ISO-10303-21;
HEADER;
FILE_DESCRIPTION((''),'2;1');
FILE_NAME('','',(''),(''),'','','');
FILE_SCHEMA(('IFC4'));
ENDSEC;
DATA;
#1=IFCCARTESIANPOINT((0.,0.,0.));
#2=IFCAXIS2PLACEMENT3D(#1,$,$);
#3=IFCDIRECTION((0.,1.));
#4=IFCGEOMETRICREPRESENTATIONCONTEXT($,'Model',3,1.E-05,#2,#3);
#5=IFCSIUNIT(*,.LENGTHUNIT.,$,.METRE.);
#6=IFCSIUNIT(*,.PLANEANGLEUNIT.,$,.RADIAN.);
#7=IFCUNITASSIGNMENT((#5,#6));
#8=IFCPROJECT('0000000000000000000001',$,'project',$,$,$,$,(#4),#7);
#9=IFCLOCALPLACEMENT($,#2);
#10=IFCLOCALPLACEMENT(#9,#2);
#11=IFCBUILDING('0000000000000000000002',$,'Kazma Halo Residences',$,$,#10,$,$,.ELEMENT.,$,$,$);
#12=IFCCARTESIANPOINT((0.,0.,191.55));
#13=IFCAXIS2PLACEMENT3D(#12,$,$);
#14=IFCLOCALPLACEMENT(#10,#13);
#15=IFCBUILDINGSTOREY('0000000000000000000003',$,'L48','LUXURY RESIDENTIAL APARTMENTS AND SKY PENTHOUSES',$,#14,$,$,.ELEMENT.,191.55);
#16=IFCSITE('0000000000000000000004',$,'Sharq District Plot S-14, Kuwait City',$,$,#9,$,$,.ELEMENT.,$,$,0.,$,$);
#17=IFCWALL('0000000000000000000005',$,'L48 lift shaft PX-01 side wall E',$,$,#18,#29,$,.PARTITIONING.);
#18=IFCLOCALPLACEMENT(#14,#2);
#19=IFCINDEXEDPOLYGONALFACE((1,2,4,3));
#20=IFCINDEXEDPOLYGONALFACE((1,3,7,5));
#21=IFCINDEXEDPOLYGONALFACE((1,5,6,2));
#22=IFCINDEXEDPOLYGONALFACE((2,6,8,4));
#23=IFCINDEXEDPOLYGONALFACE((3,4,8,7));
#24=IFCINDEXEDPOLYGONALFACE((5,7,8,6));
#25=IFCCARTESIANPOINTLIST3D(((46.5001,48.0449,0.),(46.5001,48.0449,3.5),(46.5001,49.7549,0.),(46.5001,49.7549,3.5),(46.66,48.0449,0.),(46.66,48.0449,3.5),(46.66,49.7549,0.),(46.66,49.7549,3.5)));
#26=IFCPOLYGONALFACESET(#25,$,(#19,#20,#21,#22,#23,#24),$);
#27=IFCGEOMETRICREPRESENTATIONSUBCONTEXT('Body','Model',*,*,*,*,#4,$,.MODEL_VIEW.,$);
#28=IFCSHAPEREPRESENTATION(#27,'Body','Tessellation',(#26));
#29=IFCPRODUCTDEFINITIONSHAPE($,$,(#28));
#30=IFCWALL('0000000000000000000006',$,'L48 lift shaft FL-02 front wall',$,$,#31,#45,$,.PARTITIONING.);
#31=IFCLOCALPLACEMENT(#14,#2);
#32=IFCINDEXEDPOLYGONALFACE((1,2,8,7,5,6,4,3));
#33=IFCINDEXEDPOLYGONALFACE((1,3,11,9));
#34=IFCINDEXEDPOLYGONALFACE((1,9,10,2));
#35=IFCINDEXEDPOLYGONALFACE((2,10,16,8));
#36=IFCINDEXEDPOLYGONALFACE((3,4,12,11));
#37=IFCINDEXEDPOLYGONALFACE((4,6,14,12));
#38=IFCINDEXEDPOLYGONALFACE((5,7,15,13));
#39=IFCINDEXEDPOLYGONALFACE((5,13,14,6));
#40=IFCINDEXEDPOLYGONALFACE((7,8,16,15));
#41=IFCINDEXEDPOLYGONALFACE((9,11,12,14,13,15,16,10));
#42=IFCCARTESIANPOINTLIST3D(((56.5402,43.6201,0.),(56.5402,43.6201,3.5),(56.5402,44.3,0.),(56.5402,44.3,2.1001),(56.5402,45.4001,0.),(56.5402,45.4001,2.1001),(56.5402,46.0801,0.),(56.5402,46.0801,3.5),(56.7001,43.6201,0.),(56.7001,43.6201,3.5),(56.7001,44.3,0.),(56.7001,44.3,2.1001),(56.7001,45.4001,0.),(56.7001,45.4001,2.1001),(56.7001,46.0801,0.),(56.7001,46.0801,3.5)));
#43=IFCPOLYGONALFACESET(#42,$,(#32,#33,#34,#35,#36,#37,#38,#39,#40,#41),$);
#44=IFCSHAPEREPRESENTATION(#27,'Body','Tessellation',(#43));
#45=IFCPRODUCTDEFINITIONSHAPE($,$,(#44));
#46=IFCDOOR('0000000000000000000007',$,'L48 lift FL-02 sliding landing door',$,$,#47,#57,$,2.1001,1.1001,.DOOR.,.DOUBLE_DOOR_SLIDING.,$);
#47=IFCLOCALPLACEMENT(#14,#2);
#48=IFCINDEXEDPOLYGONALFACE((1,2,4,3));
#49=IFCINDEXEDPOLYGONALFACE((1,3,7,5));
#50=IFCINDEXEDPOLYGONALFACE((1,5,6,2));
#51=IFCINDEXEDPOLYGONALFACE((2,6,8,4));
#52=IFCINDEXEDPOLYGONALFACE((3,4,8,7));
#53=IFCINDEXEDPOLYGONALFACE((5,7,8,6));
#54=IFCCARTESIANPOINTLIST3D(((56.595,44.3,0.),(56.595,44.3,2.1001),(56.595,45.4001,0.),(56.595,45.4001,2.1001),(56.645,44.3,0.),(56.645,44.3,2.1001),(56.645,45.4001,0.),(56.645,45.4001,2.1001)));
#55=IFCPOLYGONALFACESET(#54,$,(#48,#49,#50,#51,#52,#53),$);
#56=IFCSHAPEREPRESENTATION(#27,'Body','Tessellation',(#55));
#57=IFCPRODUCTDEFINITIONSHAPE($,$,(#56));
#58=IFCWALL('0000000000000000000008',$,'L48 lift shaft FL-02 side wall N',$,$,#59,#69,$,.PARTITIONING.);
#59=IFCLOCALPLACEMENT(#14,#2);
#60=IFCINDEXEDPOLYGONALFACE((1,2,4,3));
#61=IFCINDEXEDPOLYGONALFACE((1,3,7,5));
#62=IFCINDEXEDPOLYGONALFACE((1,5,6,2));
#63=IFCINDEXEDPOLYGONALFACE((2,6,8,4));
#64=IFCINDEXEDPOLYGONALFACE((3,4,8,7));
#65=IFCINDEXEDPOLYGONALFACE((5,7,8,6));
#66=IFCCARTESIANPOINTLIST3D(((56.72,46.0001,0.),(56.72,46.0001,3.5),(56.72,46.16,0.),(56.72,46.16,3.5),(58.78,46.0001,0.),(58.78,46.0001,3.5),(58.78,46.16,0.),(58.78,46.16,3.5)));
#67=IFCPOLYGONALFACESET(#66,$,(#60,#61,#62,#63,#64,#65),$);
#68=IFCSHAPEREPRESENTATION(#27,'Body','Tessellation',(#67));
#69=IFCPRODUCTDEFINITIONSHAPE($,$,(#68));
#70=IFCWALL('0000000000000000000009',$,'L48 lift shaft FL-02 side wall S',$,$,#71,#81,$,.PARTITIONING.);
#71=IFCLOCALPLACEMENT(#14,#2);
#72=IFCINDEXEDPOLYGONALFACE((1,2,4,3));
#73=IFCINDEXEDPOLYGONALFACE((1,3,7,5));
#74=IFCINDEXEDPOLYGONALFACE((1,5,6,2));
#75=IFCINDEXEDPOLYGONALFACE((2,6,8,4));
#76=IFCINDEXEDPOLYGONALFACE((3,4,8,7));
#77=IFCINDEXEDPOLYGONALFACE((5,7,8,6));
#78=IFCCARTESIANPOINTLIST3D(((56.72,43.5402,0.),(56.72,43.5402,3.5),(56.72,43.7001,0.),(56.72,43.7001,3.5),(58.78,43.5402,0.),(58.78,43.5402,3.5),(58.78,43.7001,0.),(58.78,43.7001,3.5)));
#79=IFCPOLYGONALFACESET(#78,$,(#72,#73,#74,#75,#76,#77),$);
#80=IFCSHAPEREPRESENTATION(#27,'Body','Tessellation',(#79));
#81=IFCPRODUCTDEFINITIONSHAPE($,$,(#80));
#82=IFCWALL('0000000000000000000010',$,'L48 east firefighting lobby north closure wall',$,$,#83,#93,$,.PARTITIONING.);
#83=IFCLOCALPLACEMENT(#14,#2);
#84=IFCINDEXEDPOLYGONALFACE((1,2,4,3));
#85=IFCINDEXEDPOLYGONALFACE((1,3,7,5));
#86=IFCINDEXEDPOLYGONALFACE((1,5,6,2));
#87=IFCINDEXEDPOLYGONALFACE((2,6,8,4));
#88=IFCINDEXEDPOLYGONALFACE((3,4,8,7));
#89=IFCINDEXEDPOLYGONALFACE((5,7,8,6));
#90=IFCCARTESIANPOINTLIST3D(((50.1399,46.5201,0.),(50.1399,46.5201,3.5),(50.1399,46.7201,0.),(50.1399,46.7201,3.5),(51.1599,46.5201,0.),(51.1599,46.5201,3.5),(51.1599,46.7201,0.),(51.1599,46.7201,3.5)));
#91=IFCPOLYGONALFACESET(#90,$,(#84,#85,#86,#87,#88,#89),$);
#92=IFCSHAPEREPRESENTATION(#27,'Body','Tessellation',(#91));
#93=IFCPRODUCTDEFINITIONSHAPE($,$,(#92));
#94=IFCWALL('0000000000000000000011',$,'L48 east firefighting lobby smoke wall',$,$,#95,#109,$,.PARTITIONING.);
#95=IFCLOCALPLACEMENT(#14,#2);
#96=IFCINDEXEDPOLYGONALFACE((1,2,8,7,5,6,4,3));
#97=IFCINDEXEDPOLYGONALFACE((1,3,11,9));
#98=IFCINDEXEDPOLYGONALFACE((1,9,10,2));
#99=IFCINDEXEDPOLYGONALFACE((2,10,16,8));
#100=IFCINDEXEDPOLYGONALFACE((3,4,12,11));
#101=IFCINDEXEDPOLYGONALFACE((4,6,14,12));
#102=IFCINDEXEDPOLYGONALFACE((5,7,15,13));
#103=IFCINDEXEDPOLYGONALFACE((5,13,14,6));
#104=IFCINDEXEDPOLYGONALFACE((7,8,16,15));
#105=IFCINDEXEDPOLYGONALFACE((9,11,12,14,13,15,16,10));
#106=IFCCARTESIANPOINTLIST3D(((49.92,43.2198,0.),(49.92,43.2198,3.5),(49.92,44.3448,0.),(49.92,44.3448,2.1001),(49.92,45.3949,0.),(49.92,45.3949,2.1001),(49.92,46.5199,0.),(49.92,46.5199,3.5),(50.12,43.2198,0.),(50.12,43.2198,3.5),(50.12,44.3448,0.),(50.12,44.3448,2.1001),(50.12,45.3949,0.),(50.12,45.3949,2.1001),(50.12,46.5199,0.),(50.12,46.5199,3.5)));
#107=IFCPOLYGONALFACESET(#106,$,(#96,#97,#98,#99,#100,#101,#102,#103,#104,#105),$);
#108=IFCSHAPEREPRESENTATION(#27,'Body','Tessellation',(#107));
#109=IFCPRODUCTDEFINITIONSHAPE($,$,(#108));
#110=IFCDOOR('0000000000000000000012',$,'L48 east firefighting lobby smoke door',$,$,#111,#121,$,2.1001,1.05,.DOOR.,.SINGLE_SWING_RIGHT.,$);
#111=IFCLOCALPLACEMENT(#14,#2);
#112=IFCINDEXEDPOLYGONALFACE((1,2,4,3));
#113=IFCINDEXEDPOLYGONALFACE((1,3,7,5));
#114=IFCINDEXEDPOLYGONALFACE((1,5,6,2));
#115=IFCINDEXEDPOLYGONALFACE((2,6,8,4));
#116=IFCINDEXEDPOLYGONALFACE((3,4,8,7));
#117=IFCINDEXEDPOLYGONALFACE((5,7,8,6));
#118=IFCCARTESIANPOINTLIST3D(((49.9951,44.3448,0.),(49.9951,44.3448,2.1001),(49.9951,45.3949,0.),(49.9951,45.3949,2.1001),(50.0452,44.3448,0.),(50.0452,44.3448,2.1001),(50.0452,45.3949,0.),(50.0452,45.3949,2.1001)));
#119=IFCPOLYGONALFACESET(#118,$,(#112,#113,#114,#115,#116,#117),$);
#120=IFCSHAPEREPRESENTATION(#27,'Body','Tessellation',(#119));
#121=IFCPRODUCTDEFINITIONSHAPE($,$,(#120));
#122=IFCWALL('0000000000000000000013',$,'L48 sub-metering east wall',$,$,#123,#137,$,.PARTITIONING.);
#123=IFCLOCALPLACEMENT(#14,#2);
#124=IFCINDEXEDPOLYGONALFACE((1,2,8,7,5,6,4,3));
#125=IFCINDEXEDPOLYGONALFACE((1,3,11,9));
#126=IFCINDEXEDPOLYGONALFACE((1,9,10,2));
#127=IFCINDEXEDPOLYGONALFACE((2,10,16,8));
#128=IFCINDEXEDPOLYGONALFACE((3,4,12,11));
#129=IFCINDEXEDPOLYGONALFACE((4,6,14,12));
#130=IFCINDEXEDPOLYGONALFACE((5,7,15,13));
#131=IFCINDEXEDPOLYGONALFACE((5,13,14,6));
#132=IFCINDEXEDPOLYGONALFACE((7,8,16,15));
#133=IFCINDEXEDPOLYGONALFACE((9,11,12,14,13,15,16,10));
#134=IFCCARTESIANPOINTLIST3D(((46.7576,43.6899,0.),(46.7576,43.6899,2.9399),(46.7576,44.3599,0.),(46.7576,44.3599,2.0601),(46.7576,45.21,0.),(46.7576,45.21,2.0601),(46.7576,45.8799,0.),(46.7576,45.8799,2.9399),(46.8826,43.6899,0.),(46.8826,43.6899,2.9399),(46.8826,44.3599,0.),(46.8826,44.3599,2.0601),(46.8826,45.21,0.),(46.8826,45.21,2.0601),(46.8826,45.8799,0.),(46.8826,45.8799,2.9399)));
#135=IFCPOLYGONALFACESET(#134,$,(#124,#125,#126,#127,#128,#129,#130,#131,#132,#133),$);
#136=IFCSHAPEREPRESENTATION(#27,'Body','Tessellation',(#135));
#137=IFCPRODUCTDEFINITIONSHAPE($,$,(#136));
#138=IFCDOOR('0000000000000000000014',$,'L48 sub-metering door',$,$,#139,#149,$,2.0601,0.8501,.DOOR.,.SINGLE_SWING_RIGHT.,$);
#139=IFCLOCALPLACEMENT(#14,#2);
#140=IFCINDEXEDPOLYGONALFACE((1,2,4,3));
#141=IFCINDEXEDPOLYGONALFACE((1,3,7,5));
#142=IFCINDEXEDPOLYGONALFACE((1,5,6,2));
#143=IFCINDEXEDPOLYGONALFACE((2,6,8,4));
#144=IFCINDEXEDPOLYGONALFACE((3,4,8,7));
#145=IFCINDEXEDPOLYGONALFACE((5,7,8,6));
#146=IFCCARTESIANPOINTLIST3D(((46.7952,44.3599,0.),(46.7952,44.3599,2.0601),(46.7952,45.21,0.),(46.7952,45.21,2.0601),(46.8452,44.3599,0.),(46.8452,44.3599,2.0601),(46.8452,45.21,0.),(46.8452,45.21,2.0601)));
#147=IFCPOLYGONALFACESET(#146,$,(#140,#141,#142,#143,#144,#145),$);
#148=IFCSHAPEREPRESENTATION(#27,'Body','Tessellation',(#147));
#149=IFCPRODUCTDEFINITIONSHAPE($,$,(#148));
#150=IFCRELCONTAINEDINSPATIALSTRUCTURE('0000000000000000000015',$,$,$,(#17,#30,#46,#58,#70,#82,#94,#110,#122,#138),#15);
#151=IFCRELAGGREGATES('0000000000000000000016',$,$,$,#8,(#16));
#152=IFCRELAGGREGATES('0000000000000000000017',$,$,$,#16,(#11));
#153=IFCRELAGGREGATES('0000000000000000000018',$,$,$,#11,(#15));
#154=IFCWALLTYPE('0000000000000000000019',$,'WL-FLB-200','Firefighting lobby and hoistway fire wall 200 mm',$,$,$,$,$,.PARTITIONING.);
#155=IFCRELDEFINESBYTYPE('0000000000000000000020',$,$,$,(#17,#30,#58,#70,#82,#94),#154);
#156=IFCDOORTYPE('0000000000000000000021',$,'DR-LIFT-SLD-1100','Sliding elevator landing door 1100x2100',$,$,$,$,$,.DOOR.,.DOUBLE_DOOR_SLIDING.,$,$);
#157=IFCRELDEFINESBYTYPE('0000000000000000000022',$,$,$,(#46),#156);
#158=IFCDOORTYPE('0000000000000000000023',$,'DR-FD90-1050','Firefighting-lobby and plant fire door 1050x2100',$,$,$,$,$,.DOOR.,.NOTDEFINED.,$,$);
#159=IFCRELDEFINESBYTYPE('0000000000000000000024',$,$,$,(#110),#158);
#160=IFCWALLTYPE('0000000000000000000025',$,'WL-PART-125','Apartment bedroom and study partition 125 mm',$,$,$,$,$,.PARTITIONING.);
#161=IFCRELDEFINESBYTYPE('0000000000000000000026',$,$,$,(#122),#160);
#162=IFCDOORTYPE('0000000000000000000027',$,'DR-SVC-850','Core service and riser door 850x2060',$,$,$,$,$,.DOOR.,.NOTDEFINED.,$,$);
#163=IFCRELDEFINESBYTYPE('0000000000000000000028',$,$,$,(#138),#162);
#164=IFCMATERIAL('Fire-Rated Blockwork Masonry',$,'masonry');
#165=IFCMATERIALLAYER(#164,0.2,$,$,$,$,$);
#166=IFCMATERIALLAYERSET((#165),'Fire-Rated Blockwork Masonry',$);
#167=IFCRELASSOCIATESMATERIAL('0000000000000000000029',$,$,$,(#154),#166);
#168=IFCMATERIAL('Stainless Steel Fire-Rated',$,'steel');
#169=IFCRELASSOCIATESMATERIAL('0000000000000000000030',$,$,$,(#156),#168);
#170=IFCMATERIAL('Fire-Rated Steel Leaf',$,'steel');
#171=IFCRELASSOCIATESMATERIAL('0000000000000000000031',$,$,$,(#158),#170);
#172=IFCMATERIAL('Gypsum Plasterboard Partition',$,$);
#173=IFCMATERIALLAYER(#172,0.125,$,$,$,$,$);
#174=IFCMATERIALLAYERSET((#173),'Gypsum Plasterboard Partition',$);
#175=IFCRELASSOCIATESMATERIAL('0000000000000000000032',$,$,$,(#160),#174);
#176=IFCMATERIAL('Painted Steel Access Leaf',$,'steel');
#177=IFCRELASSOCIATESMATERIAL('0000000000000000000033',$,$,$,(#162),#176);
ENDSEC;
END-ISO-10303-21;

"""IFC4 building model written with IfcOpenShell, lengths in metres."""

from ifc_helpers import new_model, si_unit, direction, frame, frame_2d, origin, place, context, subcontext, project, spatial, rectangle, extrude, material, layer, layer_set, type_object, element, fill, save


model = new_model("IFC4")

# Units and contexts
model_context = context("Model", 3, precision=1e-05, world=origin(), true_north=direction((0.0, 1.0)))
body_context = subcontext(model_context, "Body", "Model", "MODEL_VIEW")
ifc_project = project(units=[si_unit("LENGTHUNIT", "METRE"), si_unit("PLANEANGLEUNIT", "RADIAN")], contexts=[model_context])

# Site, building, storey
site_placement = place(None, origin())
site = spatial("IfcSite", under=ifc_project, at=site_placement, Name="Sharq District Plot S-14, Kuwait City", CompositionType="ELEMENT", RefElevation=0.0)
building_placement = place(site_placement, origin())
building = spatial("IfcBuilding", under=site, at=building_placement, Name="Kazma Halo Residences", CompositionType="ELEMENT")
storey_placement = place(building_placement, frame((0.0, 0.0, 191.55)))
storey = spatial("IfcBuildingStorey", under=building, at=storey_placement, Name="L48", Description="LUXURY RESIDENTIAL APARTMENTS AND SKY PENTHOUSES", CompositionType="ELEMENT", Elevation=191.55)

# Wall
ifc_material_1 = material(Name="Fire-Rated Blockwork Masonry", Category="masonry")
ifc_layer_1 = layer(ifc_material_1, 0.2)
ifc_layer_set_1 = layer_set([ifc_layer_1], Name="Fire-Rated Blockwork Masonry")
wall_type_1 = type_object("IfcWallType", Name="WL-FLB-200", Description="Firefighting lobby and hoistway fire wall 200 mm", PredefinedType="PARTITIONING", material=ifc_layer_set_1)
wall_1_placement = place(storey_placement, frame((46.5801, 48.0449, 0.0), z_axis=(0.0, 0.0, 1.0), x_axis=(0.0, 1.0, 0.0)))
element("IfcWall", 1, at=wall_1_placement, inside=storey, type_object=wall_type_1, Name="L48 lift shaft PX-01 side wall E", PredefinedType="PARTITIONING", context=body_context, shape_type="SweptSolid", body=[
    extrude(rectangle(XDim=1.71, YDim=0.1599, at=frame_2d((0.855, 0.0))), origin(), (0.0, 0.0, 1.0), 3.5),
])

# Wall, opening, door
wall_2_placement = place(storey_placement, frame((56.6201, 46.0801, 0.0), z_axis=(0.0, 0.0, 1.0), x_axis=(0.0, -1.0, 0.0)))
wall_2 = element("IfcWall", 2, at=wall_2_placement, inside=storey, type_object=wall_type_1, Name="L48 lift shaft FL-02 front wall", PredefinedType="PARTITIONING", context=body_context, shape_type="SweptSolid", body=[
    extrude(rectangle(XDim=2.46, YDim=0.1599, at=frame_2d((1.23, 0.0))), origin(), (0.0, 0.0, 1.0), 3.5),
])
opening_1_placement = place(wall_2_placement, frame((0.6799, 0.0, 0.0)))
opening_1 = element("IfcOpeningElement", 3, at=opening_1_placement, cuts=wall_2, PredefinedType="OPENING", context=body_context, shape_type="SweptSolid", body=[
    extrude(rectangle(XDim=1.1001, YDim=2.1001, at=frame_2d((0.55, 1.05))), frame((0.0, 0.0898, 0.0), z_axis=(0.0, -1.0, 0.0), x_axis=(1.0, 0.0, 0.0)), (0.0, 0.0, 1.0), 0.1799),
])
ifc_material_2 = material(Name="Stainless Steel Fire-Rated", Category="steel")
door_type_1 = type_object("IfcDoorType", Name="DR-LIFT-SLD-1100", Description="Sliding elevator landing door 1100x2100", OperationType="DOUBLE_DOOR_SLIDING", PredefinedType="DOOR", material=ifc_material_2)
door_1_placement = place(opening_1_placement, origin())
door_1 = element("IfcDoor", 4, at=door_1_placement, inside=storey, type_object=door_type_1, Name="L48 lift FL-02 sliding landing door", OperationType="DOUBLE_DOOR_SLIDING", OverallHeight=2.1001, OverallWidth=1.1001, PredefinedType="DOOR", context=body_context, shape_type="SweptSolid", body=[
    extrude(rectangle(XDim=1.1001, YDim=2.1001, at=frame_2d((0.55, 1.05))), frame((0.0, 0.0249, 0.0), z_axis=(0.0, -1.0, 0.0), x_axis=(1.0, 0.0, 0.0)), (0.0, 0.0, 1.0), 0.05),
])
fill(opening_1, door_1)

# Walls
for number, where, z_axis, x_axis, name in (
    (5, (56.72, 46.0801, 0.0), (0.0, 0.0, 1.0), (1.0, 0.0, 0.0), "L48 lift shaft FL-02 side wall N"),
    (6, (56.72, 43.6201, 0.0), (0.0, 0.0, 1.0), (1.0, 0.0, 0.0), "L48 lift shaft FL-02 side wall S"),
):
    element("IfcWall", number, at=place(storey_placement, frame(where, z_axis=z_axis, x_axis=x_axis)), inside=storey, type_object=wall_type_1, Name=name, PredefinedType="PARTITIONING", context=body_context, shape_type="SweptSolid", body=[
        extrude(rectangle(XDim=2.0601, YDim=0.1599, at=frame_2d((1.03, 0.0))), origin(), (0.0, 0.0, 1.0), 3.5),
    ])
wall_3_placement = place(storey_placement, frame((50.1399, 46.6201, 0.0), z_axis=(0.0, 0.0, 1.0), x_axis=(1.0, 0.0, 0.0)))
element("IfcWall", 7, at=wall_3_placement, inside=storey, type_object=wall_type_1, Name="L48 east firefighting lobby north closure wall", PredefinedType="PARTITIONING", context=body_context, shape_type="SweptSolid", body=[
    extrude(rectangle(XDim=1.02, YDim=0.2, at=frame_2d((0.51, 0.0))), origin(), (0.0, 0.0, 1.0), 3.5),
])

# Walls, openings, doors
wall_4_placement = place(storey_placement, frame((50.02, 43.22, 0.0), z_axis=(0.0, 0.0, 1.0), x_axis=(0.0, 1.0, 0.0)))
wall_4 = element("IfcWall", 8, at=wall_4_placement, inside=storey, type_object=wall_type_1, Name="L48 east firefighting lobby smoke wall", PredefinedType="PARTITIONING", context=body_context, shape_type="SweptSolid", body=[
    extrude(rectangle(XDim=3.3, YDim=0.2, at=frame_2d((1.6499, 0.0))), origin(), (0.0, 0.0, 1.0), 3.5),
])
opening_2_placement = place(wall_4_placement, frame((1.125, 0.0, 0.0)))
opening_2 = element("IfcOpeningElement", 9, at=opening_2_placement, cuts=wall_4, PredefinedType="OPENING", context=body_context, shape_type="SweptSolid", body=[
    extrude(rectangle(XDim=1.05, YDim=2.1001, at=frame_2d((0.5249, 1.05))), frame((0.0, 0.1099, 0.0), z_axis=(0.0, -1.0, 0.0), x_axis=(1.0, 0.0, 0.0)), (0.0, 0.0, 1.0), 0.22),
])
ifc_material_3 = material(Name="Fire-Rated Steel Leaf", Category="steel")
door_type_2 = type_object("IfcDoorType", Name="DR-FD90-1050", Description="Firefighting-lobby and plant fire door 1050x2100", OperationType="NOTDEFINED", PredefinedType="DOOR", material=ifc_material_3)
door_2_placement = place(opening_2_placement, origin())
door_2 = element("IfcDoor", 10, at=door_2_placement, inside=storey, type_object=door_type_2, Name="L48 east firefighting lobby smoke door", OperationType="SINGLE_SWING_RIGHT", OverallHeight=2.1001, OverallWidth=1.05, PredefinedType="DOOR", context=body_context, shape_type="SweptSolid", body=[
    extrude(rectangle(XDim=1.05, YDim=2.1001, at=frame_2d((0.5249, 1.05))), frame((0.0, 0.0249, 0.0), z_axis=(0.0, -1.0, 0.0), x_axis=(1.0, 0.0, 0.0)), (0.0, 0.0, 1.0), 0.05),
])
fill(opening_2, door_2)
ifc_material_4 = material(Name="Gypsum Plasterboard Partition")
ifc_layer_2 = layer(ifc_material_4, 0.125)
ifc_layer_set_2 = layer_set([ifc_layer_2], Name="Gypsum Plasterboard Partition")
wall_type_2 = type_object("IfcWallType", Name="WL-PART-125", Description="Apartment bedroom and study partition 125 mm", PredefinedType="PARTITIONING", material=ifc_layer_set_2)
wall_5_placement = place(storey_placement, frame((46.8201, 43.6899, 0.0), z_axis=(0.0, 0.0, 1.0), x_axis=(0.0, 1.0, 0.0)))
wall_5 = element("IfcWall", 11, at=wall_5_placement, inside=storey, type_object=wall_type_2, Name="L48 sub-metering east wall", PredefinedType="PARTITIONING", context=body_context, shape_type="SweptSolid", body=[
    extrude(rectangle(XDim=2.1899, YDim=0.125, at=frame_2d((1.095, 0.0))), origin(), (0.0, 0.0, 1.0), 2.9399),
])
opening_3_placement = place(wall_5_placement, frame((0.6699, 0.0, 0.0)))
opening_3 = element("IfcOpeningElement", 12, at=opening_3_placement, cuts=wall_5, PredefinedType="OPENING", context=body_context, shape_type="SweptSolid", body=[
    extrude(rectangle(XDim=0.8501, YDim=2.0601, at=frame_2d((0.425, 1.03))), frame((0.0, 0.0725, 0.0), z_axis=(0.0, -1.0, 0.0), x_axis=(1.0, 0.0, 0.0)), (0.0, 0.0, 1.0), 0.145),
])
ifc_material_5 = material(Name="Painted Steel Access Leaf", Category="steel")
door_type_3 = type_object("IfcDoorType", Name="DR-SVC-850", Description="Core service and riser door 850x2060", OperationType="NOTDEFINED", PredefinedType="DOOR", material=ifc_material_5)
door_3_placement = place(opening_3_placement, origin())
door_3 = element("IfcDoor", 13, at=door_3_placement, inside=storey, type_object=door_type_3, Name="L48 sub-metering door", OperationType="SINGLE_SWING_RIGHT", OverallHeight=2.0601, OverallWidth=0.8501, PredefinedType="DOOR", context=body_context, shape_type="SweptSolid", body=[
    extrude(rectangle(XDim=0.8501, YDim=2.0601, at=frame_2d((0.425, 1.03))), frame((0.0, 0.0249, 0.0), z_axis=(0.0, -1.0, 0.0), x_axis=(1.0, 0.0, 0.0)), (0.0, 0.0, 1.0), 0.05),
])
fill(opening_3, door_3)

save(model, "model.ifc")
